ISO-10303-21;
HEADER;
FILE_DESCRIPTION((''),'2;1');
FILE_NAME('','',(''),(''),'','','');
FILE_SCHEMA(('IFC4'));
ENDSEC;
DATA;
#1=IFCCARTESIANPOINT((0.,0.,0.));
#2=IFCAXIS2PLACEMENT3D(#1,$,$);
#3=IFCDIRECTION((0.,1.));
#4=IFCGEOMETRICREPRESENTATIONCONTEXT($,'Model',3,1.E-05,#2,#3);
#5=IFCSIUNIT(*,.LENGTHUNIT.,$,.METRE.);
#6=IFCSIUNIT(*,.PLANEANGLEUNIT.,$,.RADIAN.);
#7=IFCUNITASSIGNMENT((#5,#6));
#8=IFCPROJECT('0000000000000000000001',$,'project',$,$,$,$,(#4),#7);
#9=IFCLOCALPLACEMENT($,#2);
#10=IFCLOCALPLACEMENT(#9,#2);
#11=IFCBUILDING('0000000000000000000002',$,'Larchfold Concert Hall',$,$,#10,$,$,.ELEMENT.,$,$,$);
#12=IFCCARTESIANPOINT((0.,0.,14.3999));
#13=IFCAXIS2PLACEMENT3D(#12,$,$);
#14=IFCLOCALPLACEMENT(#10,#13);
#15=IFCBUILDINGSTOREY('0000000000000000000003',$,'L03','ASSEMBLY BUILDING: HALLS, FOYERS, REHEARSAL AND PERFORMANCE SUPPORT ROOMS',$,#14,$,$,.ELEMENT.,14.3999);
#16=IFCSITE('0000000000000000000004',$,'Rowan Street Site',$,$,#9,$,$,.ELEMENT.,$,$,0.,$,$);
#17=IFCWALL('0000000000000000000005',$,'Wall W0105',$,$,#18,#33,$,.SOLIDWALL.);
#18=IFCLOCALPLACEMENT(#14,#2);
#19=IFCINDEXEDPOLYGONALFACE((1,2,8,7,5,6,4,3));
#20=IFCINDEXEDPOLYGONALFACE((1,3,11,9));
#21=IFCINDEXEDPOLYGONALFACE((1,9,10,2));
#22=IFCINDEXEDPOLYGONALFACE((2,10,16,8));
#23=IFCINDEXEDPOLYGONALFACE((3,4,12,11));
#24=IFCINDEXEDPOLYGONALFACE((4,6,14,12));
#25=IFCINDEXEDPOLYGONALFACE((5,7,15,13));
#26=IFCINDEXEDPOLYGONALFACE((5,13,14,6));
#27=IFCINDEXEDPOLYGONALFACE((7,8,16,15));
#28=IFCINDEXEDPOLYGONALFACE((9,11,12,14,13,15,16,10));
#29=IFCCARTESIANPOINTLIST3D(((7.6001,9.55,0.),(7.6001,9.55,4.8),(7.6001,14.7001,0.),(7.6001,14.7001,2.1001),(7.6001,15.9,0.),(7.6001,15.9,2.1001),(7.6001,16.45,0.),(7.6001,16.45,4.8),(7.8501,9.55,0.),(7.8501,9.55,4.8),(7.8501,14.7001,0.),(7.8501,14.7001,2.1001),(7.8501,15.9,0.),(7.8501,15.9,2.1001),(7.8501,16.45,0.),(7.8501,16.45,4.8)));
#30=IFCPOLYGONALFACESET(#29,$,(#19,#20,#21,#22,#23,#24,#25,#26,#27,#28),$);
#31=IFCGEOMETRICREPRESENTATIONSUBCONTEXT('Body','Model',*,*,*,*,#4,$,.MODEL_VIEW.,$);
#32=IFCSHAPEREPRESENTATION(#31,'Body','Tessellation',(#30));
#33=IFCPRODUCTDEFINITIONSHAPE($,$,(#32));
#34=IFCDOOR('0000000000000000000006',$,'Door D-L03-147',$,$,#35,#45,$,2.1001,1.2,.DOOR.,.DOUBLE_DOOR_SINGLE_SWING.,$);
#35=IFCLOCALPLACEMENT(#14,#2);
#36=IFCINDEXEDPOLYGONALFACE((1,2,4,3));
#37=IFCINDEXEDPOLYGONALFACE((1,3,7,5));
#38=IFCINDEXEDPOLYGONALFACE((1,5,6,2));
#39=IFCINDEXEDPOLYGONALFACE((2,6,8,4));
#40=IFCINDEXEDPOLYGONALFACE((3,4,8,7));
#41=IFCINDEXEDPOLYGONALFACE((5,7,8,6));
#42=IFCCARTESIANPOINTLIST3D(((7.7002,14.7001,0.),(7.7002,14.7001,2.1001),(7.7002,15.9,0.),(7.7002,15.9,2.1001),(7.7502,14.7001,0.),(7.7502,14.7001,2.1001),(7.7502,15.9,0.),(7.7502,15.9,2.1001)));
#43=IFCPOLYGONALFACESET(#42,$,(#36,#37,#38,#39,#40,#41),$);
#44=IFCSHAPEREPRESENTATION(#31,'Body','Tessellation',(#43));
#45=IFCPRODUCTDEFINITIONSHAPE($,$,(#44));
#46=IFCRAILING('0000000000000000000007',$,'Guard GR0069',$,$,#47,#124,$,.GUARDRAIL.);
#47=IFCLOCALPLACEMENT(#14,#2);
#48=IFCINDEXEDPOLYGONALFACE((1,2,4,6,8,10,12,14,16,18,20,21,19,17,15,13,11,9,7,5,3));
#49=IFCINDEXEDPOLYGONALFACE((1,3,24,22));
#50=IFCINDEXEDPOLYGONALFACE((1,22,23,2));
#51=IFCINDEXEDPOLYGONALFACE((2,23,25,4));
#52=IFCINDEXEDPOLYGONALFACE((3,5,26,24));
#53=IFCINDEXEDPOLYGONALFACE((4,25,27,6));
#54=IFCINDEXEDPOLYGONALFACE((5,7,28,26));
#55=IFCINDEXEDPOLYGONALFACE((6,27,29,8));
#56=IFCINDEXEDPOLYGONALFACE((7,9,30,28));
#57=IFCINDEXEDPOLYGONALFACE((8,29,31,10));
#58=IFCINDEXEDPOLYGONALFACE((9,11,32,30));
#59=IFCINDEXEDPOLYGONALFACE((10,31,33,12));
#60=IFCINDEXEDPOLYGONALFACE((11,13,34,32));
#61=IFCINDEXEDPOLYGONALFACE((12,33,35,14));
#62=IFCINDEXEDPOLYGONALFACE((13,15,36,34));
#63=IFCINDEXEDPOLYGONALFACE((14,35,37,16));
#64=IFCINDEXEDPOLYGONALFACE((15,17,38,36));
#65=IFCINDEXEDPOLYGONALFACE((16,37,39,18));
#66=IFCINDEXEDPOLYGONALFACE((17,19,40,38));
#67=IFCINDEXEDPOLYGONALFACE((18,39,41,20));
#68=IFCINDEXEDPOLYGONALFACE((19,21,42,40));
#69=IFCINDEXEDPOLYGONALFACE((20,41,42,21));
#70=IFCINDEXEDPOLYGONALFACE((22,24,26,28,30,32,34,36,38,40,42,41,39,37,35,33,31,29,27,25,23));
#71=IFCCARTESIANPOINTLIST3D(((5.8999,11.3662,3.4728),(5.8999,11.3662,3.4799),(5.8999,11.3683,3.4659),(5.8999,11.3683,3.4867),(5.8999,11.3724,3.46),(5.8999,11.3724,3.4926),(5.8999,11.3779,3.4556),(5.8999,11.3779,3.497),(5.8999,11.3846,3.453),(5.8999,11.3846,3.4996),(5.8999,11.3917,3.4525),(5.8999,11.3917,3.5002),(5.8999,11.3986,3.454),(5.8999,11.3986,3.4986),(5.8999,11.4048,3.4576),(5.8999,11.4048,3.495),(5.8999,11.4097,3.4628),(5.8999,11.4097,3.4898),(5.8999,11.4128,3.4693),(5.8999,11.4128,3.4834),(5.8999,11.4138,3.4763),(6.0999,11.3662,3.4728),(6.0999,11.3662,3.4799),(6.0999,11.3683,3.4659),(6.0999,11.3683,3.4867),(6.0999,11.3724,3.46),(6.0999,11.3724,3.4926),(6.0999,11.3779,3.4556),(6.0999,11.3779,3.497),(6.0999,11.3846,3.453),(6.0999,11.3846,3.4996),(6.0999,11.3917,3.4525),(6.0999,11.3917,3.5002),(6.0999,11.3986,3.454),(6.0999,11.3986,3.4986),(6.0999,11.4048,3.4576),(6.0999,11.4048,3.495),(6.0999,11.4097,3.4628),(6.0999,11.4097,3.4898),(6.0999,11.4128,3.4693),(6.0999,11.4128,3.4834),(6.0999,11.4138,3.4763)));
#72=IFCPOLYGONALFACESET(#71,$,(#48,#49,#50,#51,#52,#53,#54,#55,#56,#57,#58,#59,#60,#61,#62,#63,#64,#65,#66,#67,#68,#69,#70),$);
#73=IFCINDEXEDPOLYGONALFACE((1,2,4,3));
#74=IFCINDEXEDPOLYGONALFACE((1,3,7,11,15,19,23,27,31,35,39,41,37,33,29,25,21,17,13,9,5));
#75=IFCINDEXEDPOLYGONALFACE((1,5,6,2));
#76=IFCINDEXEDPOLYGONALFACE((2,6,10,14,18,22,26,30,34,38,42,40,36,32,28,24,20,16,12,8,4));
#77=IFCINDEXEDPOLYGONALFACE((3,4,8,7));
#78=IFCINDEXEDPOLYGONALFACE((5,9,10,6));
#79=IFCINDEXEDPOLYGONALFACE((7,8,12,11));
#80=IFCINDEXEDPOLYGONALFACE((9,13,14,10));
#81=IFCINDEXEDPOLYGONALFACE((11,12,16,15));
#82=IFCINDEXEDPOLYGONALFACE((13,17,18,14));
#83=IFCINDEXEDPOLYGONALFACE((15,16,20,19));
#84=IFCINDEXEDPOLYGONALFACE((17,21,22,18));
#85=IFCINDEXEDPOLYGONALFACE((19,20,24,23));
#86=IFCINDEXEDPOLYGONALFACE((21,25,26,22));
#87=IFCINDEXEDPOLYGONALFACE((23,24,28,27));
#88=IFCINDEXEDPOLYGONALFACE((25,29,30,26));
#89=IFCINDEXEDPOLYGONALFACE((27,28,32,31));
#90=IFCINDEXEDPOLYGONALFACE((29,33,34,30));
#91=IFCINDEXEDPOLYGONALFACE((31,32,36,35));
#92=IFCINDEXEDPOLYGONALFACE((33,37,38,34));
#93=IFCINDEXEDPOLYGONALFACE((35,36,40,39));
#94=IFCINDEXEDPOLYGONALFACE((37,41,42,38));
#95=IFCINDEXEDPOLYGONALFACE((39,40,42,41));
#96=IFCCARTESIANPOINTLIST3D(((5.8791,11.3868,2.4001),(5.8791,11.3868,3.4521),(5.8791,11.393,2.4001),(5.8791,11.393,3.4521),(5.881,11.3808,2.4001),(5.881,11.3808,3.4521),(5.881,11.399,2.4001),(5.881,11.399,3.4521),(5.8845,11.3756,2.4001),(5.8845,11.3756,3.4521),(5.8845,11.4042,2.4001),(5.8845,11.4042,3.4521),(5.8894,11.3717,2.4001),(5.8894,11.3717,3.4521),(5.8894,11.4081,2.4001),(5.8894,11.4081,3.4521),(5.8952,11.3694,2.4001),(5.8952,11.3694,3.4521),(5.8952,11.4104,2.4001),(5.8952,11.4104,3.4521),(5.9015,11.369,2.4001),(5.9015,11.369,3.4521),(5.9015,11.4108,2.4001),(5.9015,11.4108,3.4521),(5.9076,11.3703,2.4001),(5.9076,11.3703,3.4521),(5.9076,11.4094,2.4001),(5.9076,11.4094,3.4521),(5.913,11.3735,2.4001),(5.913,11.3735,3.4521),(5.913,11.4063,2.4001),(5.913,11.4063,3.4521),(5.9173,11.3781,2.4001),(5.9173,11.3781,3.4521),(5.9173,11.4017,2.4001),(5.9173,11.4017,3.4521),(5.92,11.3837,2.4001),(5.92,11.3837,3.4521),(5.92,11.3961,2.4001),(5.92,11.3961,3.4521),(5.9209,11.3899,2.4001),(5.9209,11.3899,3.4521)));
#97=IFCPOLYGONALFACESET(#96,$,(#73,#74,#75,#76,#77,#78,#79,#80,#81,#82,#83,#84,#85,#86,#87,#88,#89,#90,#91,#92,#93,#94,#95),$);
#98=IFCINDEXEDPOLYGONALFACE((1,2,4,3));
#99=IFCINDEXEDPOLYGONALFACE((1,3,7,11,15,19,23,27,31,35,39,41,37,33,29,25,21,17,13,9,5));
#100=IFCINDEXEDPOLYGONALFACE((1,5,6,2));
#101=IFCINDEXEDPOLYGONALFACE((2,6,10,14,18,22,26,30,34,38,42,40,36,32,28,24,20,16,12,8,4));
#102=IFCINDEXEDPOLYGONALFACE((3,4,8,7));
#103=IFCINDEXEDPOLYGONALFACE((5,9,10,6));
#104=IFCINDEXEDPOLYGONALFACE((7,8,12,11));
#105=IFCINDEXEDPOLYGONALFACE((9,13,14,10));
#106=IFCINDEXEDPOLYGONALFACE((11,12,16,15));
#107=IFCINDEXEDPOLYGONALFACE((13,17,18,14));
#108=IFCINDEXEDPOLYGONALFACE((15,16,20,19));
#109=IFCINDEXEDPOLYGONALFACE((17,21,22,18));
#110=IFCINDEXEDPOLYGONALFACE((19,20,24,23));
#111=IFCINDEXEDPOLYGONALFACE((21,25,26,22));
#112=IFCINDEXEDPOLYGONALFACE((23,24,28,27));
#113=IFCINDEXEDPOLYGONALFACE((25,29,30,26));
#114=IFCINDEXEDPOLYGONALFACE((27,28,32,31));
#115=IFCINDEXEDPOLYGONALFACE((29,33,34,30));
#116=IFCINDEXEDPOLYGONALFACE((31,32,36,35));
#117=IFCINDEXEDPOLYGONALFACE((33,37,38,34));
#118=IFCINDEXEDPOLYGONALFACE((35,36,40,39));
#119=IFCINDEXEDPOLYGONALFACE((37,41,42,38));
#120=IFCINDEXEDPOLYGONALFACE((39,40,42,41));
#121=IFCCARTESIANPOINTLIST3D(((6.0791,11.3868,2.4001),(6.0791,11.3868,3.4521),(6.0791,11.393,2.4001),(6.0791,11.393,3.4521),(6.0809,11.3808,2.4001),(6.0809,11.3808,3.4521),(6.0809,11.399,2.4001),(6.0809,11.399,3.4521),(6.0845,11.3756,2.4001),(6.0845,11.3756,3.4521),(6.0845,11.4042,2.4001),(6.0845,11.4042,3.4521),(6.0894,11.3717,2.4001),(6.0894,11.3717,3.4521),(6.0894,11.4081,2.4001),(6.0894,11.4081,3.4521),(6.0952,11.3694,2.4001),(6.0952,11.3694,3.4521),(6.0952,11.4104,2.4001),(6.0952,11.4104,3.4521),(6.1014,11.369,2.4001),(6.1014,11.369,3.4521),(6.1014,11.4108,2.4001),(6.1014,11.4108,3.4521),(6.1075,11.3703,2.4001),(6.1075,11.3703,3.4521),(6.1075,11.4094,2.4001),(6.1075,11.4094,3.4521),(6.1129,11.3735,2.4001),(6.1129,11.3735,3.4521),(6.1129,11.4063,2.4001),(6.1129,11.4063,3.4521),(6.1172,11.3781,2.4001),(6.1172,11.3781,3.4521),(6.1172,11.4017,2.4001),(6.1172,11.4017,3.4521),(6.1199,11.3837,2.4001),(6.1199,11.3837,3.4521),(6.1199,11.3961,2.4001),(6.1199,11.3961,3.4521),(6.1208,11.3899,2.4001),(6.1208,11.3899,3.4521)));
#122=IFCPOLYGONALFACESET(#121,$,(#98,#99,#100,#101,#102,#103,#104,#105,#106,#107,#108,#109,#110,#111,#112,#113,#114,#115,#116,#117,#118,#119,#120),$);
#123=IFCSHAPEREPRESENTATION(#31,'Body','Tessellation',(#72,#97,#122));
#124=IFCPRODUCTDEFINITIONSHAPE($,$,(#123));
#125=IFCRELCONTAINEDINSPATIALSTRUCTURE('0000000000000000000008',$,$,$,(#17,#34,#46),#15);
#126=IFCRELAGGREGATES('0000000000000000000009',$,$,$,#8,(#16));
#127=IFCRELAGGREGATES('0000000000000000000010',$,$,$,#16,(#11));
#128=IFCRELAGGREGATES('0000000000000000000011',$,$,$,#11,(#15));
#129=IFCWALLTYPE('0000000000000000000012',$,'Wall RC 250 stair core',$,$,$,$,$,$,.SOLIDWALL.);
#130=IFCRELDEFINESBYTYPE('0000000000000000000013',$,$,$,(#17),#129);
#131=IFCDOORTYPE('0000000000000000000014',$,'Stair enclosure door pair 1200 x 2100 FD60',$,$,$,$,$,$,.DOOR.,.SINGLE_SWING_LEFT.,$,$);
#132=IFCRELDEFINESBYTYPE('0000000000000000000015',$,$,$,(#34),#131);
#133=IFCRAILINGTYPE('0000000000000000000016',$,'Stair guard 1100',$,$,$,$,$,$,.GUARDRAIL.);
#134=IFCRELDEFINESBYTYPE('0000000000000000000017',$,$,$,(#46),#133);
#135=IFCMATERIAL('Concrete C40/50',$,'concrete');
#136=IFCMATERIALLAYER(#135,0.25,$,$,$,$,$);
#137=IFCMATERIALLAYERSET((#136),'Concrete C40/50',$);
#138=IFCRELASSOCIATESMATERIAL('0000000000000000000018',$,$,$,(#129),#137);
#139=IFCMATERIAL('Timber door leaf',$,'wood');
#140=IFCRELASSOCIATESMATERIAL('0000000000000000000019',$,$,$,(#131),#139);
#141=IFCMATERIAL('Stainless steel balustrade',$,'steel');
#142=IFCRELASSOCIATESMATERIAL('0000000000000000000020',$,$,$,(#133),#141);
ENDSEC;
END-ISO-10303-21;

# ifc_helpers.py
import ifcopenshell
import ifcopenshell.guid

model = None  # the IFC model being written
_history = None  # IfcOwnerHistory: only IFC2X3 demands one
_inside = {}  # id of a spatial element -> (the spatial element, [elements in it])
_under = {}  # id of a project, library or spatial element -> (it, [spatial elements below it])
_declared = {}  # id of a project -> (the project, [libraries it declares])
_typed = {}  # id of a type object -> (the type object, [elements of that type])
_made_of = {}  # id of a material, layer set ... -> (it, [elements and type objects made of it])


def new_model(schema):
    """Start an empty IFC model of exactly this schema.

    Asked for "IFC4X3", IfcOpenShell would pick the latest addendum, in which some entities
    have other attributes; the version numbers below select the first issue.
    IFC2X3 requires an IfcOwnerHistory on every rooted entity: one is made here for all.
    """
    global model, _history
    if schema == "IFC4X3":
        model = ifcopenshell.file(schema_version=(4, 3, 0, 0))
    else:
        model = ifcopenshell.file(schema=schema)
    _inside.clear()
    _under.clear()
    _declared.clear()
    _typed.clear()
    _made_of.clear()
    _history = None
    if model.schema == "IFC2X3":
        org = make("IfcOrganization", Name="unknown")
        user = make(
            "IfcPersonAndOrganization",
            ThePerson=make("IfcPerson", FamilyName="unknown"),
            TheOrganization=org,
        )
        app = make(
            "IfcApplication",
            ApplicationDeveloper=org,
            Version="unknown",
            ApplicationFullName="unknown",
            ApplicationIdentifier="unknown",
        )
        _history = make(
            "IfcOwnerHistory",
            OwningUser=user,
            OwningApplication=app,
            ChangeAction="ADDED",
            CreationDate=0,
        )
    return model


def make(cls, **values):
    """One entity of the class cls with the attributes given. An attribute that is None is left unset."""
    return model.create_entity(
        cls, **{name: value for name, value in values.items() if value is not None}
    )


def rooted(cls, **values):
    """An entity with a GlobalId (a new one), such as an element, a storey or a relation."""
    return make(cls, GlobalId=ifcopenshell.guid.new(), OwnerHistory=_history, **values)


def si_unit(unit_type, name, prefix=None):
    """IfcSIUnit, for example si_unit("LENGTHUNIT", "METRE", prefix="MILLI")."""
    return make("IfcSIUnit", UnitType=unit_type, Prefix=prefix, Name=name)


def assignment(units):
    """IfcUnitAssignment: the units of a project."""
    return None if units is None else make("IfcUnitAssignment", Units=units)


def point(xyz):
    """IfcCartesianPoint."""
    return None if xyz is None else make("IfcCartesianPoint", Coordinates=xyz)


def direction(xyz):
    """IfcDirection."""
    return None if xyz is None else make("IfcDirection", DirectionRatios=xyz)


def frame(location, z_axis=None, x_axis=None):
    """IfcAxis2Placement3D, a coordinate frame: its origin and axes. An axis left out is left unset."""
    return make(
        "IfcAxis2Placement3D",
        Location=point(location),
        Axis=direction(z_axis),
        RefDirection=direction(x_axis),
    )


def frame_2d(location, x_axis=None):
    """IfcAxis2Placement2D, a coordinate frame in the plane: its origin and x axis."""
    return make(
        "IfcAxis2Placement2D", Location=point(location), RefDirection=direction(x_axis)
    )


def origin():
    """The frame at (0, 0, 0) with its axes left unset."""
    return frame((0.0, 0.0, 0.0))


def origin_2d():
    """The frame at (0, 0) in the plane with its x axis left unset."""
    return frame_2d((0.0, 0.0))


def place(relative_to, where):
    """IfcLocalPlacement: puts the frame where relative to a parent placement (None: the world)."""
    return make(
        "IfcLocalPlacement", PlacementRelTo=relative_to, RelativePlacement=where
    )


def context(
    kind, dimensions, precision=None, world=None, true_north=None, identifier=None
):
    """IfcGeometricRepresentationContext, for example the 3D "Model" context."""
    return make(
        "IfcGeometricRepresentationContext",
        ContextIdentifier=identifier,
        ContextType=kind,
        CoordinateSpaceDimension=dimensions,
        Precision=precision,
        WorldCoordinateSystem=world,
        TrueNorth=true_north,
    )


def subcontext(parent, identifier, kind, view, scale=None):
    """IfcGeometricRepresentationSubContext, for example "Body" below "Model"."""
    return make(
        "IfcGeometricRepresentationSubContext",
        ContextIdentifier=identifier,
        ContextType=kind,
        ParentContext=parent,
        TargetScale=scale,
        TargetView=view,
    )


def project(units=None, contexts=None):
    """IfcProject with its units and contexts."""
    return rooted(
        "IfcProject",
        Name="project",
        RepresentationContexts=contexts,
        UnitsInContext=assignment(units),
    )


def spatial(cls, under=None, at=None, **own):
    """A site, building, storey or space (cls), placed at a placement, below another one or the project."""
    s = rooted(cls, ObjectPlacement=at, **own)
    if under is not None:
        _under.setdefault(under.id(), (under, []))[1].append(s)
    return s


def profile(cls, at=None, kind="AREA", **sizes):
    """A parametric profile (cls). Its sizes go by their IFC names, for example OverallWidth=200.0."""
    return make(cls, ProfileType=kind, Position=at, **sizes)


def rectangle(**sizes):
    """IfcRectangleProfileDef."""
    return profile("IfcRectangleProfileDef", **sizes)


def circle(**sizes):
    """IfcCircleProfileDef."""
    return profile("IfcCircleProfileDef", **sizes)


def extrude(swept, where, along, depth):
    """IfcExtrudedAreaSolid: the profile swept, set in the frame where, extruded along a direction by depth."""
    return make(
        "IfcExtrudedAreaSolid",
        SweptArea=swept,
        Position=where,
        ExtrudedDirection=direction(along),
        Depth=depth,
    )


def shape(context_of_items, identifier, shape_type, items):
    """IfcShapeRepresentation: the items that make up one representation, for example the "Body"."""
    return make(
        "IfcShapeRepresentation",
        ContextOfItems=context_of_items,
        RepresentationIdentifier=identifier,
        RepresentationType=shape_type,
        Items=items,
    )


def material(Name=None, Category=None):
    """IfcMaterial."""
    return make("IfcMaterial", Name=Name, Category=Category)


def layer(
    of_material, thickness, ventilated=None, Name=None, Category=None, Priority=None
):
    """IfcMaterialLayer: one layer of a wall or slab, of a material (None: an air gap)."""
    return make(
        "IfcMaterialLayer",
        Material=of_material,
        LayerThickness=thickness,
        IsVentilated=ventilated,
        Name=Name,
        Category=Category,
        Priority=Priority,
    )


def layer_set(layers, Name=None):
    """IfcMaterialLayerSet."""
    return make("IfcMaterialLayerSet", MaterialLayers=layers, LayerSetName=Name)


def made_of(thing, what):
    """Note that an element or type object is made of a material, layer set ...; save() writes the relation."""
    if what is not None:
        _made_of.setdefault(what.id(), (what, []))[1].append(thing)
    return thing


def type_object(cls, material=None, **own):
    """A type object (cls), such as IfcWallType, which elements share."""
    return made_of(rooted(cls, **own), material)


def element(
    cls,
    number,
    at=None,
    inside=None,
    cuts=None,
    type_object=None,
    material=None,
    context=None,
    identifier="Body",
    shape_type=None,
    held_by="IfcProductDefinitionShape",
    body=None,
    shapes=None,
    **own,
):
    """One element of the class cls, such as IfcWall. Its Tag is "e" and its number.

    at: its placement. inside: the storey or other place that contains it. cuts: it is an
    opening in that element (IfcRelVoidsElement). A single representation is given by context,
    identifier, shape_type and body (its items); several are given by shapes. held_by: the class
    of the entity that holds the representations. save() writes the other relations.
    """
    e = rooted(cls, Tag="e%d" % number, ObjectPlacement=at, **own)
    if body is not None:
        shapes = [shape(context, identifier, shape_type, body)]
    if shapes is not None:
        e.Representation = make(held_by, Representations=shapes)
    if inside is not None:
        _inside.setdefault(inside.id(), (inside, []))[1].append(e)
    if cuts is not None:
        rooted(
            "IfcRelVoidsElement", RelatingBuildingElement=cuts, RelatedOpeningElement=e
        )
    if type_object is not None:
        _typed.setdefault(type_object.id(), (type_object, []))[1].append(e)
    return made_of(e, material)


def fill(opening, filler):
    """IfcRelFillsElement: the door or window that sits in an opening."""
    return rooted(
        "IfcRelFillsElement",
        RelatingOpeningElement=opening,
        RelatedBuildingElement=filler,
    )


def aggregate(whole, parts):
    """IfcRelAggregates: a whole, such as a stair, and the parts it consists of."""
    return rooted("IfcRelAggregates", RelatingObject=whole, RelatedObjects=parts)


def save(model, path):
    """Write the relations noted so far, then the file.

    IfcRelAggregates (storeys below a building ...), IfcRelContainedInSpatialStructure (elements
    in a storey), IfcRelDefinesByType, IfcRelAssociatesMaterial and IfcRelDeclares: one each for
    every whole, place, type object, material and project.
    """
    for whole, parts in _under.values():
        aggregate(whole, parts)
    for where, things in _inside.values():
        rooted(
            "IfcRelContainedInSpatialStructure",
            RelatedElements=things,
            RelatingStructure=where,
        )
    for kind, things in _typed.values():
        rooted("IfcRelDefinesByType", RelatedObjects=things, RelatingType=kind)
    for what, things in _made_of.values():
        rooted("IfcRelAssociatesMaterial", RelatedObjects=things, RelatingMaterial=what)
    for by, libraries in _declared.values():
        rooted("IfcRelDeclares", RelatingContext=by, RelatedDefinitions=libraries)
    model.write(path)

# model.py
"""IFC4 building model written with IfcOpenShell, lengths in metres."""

from ifc_helpers import new_model, si_unit, direction, frame, frame_2d, origin, origin_2d, place, context, subcontext, project, spatial, rectangle, circle, extrude, material, layer, layer_set, type_object, element, fill, save


model = new_model("IFC4")

# Units and contexts
model_context = context("Model", 3, precision=1e-05, world=origin(), true_north=direction((0.0, 1.0)))
body_context = subcontext(model_context, "Body", "Model", "MODEL_VIEW")
ifc_project = project(units=[si_unit("LENGTHUNIT", "METRE"), si_unit("PLANEANGLEUNIT", "RADIAN")], contexts=[model_context])

# Site, building, storey
site_placement = place(None, origin())
site = spatial("IfcSite", under=ifc_project, at=site_placement, Name="Rowan Street Site", CompositionType="ELEMENT", RefElevation=0.0)
building_placement = place(site_placement, origin())
building = spatial("IfcBuilding", under=site, at=building_placement, Name="Larchfold Concert Hall", CompositionType="ELEMENT")
storey_placement = place(building_placement, frame((0.0, 0.0, 14.3999)))
storey = spatial("IfcBuildingStorey", under=building, at=storey_placement, Name="L03", Description="ASSEMBLY BUILDING: HALLS, FOYERS, REHEARSAL AND PERFORMANCE SUPPORT ROOMS", CompositionType="ELEMENT", Elevation=14.3999)

# Shared definitions
ifc_material_1 = material(Name="Concrete C40/50", Category="concrete")
ifc_layer_1 = layer(ifc_material_1, 0.25)
ifc_layer_set_1 = layer_set([ifc_layer_1], Name="Concrete C40/50")
wall_type_1 = type_object("IfcWallType", Name="Wall RC 250 stair core", PredefinedType="SOLIDWALL", material=ifc_layer_set_1)

# Wall, opening, door
wall_1_placement = place(storey_placement, frame((7.7251, 9.55, 0.0), z_axis=(0.0, 0.0, 1.0), x_axis=(0.0, 1.0, 0.0)))
wall_1 = element("IfcWall", 1, at=wall_1_placement, inside=storey, type_object=wall_type_1, Name="Wall W0105", PredefinedType="SOLIDWALL", context=body_context, shape_type="SweptSolid", body=[
    extrude(rectangle(XDim=6.8999, YDim=0.25, at=frame_2d((3.45, 0.0))), origin(), (0.0, 0.0, 1.0), 4.8),
])
opening_1_placement = place(wall_1_placement, frame((5.1499, 0.0, 0.0)))
opening_1 = element("IfcOpeningElement", 2, at=opening_1_placement, cuts=wall_1, PredefinedType="OPENING", context=body_context, shape_type="SweptSolid", body=[
    extrude(rectangle(XDim=1.2, YDim=2.1001, at=frame_2d((0.6001, 1.05))), frame((0.0, 0.135, 0.0), z_axis=(0.0, -1.0, 0.0), x_axis=(1.0, 0.0, 0.0)), (0.0, 0.0, 1.0), 0.27),
])
ifc_material_2 = material(Name="Timber door leaf", Category="wood")
door_type_1 = type_object("IfcDoorType", Name="Stair enclosure door pair 1200 x 2100 FD60", OperationType="SINGLE_SWING_LEFT", PredefinedType="DOOR", material=ifc_material_2)
door_1_placement = place(opening_1_placement, origin())
door_1 = element("IfcDoor", 3, at=door_1_placement, inside=storey, type_object=door_type_1, Name="Door D-L03-147", OperationType="DOUBLE_DOOR_SINGLE_SWING", OverallHeight=2.1001, OverallWidth=1.2, PredefinedType="DOOR", context=body_context, shape_type="SweptSolid", body=[
    extrude(rectangle(XDim=1.2, YDim=2.1001, at=frame_2d((0.6001, 1.05))), frame((0.0, 0.0249, 0.0), z_axis=(0.0, -1.0, 0.0), x_axis=(1.0, 0.0, 0.0)), (0.0, 0.0, 1.0), 0.05),
])
fill(opening_1, door_1)

# Railing
ifc_material_3 = material(Name="Stainless steel balustrade", Category="steel")
railing_type = type_object("IfcRailingType", Name="Stair guard 1100", PredefinedType="GUARDRAIL", material=ifc_material_3)
railing_1_placement = place(storey_placement, frame((5.8999, 11.3899, 2.4001)))
element("IfcRailing", 4, at=railing_1_placement, inside=storey, type_object=railing_type, Name="Guard GR0069", PredefinedType="GUARDRAIL", context=body_context, shape_type="SweptSolid", body=[
    extrude(circle(Radius=0.0239, at=origin_2d()), frame((0.0, 0.0, 1.0762), z_axis=(1.0, 0.0, 0.0), x_axis=(0.0, 1.0, 0.0)), (0.0, 0.0, 1.0), 0.2),
    extrude(circle(Radius=0.021, at=origin_2d()), origin(), (0.0, 0.0, 1.0), 1.052),
    extrude(circle(Radius=0.021, at=origin_2d()), frame((0.2, 0.0, 0.0)), (0.0, 0.0, 1.0), 1.052),
])

save(model, "model.ifc")
